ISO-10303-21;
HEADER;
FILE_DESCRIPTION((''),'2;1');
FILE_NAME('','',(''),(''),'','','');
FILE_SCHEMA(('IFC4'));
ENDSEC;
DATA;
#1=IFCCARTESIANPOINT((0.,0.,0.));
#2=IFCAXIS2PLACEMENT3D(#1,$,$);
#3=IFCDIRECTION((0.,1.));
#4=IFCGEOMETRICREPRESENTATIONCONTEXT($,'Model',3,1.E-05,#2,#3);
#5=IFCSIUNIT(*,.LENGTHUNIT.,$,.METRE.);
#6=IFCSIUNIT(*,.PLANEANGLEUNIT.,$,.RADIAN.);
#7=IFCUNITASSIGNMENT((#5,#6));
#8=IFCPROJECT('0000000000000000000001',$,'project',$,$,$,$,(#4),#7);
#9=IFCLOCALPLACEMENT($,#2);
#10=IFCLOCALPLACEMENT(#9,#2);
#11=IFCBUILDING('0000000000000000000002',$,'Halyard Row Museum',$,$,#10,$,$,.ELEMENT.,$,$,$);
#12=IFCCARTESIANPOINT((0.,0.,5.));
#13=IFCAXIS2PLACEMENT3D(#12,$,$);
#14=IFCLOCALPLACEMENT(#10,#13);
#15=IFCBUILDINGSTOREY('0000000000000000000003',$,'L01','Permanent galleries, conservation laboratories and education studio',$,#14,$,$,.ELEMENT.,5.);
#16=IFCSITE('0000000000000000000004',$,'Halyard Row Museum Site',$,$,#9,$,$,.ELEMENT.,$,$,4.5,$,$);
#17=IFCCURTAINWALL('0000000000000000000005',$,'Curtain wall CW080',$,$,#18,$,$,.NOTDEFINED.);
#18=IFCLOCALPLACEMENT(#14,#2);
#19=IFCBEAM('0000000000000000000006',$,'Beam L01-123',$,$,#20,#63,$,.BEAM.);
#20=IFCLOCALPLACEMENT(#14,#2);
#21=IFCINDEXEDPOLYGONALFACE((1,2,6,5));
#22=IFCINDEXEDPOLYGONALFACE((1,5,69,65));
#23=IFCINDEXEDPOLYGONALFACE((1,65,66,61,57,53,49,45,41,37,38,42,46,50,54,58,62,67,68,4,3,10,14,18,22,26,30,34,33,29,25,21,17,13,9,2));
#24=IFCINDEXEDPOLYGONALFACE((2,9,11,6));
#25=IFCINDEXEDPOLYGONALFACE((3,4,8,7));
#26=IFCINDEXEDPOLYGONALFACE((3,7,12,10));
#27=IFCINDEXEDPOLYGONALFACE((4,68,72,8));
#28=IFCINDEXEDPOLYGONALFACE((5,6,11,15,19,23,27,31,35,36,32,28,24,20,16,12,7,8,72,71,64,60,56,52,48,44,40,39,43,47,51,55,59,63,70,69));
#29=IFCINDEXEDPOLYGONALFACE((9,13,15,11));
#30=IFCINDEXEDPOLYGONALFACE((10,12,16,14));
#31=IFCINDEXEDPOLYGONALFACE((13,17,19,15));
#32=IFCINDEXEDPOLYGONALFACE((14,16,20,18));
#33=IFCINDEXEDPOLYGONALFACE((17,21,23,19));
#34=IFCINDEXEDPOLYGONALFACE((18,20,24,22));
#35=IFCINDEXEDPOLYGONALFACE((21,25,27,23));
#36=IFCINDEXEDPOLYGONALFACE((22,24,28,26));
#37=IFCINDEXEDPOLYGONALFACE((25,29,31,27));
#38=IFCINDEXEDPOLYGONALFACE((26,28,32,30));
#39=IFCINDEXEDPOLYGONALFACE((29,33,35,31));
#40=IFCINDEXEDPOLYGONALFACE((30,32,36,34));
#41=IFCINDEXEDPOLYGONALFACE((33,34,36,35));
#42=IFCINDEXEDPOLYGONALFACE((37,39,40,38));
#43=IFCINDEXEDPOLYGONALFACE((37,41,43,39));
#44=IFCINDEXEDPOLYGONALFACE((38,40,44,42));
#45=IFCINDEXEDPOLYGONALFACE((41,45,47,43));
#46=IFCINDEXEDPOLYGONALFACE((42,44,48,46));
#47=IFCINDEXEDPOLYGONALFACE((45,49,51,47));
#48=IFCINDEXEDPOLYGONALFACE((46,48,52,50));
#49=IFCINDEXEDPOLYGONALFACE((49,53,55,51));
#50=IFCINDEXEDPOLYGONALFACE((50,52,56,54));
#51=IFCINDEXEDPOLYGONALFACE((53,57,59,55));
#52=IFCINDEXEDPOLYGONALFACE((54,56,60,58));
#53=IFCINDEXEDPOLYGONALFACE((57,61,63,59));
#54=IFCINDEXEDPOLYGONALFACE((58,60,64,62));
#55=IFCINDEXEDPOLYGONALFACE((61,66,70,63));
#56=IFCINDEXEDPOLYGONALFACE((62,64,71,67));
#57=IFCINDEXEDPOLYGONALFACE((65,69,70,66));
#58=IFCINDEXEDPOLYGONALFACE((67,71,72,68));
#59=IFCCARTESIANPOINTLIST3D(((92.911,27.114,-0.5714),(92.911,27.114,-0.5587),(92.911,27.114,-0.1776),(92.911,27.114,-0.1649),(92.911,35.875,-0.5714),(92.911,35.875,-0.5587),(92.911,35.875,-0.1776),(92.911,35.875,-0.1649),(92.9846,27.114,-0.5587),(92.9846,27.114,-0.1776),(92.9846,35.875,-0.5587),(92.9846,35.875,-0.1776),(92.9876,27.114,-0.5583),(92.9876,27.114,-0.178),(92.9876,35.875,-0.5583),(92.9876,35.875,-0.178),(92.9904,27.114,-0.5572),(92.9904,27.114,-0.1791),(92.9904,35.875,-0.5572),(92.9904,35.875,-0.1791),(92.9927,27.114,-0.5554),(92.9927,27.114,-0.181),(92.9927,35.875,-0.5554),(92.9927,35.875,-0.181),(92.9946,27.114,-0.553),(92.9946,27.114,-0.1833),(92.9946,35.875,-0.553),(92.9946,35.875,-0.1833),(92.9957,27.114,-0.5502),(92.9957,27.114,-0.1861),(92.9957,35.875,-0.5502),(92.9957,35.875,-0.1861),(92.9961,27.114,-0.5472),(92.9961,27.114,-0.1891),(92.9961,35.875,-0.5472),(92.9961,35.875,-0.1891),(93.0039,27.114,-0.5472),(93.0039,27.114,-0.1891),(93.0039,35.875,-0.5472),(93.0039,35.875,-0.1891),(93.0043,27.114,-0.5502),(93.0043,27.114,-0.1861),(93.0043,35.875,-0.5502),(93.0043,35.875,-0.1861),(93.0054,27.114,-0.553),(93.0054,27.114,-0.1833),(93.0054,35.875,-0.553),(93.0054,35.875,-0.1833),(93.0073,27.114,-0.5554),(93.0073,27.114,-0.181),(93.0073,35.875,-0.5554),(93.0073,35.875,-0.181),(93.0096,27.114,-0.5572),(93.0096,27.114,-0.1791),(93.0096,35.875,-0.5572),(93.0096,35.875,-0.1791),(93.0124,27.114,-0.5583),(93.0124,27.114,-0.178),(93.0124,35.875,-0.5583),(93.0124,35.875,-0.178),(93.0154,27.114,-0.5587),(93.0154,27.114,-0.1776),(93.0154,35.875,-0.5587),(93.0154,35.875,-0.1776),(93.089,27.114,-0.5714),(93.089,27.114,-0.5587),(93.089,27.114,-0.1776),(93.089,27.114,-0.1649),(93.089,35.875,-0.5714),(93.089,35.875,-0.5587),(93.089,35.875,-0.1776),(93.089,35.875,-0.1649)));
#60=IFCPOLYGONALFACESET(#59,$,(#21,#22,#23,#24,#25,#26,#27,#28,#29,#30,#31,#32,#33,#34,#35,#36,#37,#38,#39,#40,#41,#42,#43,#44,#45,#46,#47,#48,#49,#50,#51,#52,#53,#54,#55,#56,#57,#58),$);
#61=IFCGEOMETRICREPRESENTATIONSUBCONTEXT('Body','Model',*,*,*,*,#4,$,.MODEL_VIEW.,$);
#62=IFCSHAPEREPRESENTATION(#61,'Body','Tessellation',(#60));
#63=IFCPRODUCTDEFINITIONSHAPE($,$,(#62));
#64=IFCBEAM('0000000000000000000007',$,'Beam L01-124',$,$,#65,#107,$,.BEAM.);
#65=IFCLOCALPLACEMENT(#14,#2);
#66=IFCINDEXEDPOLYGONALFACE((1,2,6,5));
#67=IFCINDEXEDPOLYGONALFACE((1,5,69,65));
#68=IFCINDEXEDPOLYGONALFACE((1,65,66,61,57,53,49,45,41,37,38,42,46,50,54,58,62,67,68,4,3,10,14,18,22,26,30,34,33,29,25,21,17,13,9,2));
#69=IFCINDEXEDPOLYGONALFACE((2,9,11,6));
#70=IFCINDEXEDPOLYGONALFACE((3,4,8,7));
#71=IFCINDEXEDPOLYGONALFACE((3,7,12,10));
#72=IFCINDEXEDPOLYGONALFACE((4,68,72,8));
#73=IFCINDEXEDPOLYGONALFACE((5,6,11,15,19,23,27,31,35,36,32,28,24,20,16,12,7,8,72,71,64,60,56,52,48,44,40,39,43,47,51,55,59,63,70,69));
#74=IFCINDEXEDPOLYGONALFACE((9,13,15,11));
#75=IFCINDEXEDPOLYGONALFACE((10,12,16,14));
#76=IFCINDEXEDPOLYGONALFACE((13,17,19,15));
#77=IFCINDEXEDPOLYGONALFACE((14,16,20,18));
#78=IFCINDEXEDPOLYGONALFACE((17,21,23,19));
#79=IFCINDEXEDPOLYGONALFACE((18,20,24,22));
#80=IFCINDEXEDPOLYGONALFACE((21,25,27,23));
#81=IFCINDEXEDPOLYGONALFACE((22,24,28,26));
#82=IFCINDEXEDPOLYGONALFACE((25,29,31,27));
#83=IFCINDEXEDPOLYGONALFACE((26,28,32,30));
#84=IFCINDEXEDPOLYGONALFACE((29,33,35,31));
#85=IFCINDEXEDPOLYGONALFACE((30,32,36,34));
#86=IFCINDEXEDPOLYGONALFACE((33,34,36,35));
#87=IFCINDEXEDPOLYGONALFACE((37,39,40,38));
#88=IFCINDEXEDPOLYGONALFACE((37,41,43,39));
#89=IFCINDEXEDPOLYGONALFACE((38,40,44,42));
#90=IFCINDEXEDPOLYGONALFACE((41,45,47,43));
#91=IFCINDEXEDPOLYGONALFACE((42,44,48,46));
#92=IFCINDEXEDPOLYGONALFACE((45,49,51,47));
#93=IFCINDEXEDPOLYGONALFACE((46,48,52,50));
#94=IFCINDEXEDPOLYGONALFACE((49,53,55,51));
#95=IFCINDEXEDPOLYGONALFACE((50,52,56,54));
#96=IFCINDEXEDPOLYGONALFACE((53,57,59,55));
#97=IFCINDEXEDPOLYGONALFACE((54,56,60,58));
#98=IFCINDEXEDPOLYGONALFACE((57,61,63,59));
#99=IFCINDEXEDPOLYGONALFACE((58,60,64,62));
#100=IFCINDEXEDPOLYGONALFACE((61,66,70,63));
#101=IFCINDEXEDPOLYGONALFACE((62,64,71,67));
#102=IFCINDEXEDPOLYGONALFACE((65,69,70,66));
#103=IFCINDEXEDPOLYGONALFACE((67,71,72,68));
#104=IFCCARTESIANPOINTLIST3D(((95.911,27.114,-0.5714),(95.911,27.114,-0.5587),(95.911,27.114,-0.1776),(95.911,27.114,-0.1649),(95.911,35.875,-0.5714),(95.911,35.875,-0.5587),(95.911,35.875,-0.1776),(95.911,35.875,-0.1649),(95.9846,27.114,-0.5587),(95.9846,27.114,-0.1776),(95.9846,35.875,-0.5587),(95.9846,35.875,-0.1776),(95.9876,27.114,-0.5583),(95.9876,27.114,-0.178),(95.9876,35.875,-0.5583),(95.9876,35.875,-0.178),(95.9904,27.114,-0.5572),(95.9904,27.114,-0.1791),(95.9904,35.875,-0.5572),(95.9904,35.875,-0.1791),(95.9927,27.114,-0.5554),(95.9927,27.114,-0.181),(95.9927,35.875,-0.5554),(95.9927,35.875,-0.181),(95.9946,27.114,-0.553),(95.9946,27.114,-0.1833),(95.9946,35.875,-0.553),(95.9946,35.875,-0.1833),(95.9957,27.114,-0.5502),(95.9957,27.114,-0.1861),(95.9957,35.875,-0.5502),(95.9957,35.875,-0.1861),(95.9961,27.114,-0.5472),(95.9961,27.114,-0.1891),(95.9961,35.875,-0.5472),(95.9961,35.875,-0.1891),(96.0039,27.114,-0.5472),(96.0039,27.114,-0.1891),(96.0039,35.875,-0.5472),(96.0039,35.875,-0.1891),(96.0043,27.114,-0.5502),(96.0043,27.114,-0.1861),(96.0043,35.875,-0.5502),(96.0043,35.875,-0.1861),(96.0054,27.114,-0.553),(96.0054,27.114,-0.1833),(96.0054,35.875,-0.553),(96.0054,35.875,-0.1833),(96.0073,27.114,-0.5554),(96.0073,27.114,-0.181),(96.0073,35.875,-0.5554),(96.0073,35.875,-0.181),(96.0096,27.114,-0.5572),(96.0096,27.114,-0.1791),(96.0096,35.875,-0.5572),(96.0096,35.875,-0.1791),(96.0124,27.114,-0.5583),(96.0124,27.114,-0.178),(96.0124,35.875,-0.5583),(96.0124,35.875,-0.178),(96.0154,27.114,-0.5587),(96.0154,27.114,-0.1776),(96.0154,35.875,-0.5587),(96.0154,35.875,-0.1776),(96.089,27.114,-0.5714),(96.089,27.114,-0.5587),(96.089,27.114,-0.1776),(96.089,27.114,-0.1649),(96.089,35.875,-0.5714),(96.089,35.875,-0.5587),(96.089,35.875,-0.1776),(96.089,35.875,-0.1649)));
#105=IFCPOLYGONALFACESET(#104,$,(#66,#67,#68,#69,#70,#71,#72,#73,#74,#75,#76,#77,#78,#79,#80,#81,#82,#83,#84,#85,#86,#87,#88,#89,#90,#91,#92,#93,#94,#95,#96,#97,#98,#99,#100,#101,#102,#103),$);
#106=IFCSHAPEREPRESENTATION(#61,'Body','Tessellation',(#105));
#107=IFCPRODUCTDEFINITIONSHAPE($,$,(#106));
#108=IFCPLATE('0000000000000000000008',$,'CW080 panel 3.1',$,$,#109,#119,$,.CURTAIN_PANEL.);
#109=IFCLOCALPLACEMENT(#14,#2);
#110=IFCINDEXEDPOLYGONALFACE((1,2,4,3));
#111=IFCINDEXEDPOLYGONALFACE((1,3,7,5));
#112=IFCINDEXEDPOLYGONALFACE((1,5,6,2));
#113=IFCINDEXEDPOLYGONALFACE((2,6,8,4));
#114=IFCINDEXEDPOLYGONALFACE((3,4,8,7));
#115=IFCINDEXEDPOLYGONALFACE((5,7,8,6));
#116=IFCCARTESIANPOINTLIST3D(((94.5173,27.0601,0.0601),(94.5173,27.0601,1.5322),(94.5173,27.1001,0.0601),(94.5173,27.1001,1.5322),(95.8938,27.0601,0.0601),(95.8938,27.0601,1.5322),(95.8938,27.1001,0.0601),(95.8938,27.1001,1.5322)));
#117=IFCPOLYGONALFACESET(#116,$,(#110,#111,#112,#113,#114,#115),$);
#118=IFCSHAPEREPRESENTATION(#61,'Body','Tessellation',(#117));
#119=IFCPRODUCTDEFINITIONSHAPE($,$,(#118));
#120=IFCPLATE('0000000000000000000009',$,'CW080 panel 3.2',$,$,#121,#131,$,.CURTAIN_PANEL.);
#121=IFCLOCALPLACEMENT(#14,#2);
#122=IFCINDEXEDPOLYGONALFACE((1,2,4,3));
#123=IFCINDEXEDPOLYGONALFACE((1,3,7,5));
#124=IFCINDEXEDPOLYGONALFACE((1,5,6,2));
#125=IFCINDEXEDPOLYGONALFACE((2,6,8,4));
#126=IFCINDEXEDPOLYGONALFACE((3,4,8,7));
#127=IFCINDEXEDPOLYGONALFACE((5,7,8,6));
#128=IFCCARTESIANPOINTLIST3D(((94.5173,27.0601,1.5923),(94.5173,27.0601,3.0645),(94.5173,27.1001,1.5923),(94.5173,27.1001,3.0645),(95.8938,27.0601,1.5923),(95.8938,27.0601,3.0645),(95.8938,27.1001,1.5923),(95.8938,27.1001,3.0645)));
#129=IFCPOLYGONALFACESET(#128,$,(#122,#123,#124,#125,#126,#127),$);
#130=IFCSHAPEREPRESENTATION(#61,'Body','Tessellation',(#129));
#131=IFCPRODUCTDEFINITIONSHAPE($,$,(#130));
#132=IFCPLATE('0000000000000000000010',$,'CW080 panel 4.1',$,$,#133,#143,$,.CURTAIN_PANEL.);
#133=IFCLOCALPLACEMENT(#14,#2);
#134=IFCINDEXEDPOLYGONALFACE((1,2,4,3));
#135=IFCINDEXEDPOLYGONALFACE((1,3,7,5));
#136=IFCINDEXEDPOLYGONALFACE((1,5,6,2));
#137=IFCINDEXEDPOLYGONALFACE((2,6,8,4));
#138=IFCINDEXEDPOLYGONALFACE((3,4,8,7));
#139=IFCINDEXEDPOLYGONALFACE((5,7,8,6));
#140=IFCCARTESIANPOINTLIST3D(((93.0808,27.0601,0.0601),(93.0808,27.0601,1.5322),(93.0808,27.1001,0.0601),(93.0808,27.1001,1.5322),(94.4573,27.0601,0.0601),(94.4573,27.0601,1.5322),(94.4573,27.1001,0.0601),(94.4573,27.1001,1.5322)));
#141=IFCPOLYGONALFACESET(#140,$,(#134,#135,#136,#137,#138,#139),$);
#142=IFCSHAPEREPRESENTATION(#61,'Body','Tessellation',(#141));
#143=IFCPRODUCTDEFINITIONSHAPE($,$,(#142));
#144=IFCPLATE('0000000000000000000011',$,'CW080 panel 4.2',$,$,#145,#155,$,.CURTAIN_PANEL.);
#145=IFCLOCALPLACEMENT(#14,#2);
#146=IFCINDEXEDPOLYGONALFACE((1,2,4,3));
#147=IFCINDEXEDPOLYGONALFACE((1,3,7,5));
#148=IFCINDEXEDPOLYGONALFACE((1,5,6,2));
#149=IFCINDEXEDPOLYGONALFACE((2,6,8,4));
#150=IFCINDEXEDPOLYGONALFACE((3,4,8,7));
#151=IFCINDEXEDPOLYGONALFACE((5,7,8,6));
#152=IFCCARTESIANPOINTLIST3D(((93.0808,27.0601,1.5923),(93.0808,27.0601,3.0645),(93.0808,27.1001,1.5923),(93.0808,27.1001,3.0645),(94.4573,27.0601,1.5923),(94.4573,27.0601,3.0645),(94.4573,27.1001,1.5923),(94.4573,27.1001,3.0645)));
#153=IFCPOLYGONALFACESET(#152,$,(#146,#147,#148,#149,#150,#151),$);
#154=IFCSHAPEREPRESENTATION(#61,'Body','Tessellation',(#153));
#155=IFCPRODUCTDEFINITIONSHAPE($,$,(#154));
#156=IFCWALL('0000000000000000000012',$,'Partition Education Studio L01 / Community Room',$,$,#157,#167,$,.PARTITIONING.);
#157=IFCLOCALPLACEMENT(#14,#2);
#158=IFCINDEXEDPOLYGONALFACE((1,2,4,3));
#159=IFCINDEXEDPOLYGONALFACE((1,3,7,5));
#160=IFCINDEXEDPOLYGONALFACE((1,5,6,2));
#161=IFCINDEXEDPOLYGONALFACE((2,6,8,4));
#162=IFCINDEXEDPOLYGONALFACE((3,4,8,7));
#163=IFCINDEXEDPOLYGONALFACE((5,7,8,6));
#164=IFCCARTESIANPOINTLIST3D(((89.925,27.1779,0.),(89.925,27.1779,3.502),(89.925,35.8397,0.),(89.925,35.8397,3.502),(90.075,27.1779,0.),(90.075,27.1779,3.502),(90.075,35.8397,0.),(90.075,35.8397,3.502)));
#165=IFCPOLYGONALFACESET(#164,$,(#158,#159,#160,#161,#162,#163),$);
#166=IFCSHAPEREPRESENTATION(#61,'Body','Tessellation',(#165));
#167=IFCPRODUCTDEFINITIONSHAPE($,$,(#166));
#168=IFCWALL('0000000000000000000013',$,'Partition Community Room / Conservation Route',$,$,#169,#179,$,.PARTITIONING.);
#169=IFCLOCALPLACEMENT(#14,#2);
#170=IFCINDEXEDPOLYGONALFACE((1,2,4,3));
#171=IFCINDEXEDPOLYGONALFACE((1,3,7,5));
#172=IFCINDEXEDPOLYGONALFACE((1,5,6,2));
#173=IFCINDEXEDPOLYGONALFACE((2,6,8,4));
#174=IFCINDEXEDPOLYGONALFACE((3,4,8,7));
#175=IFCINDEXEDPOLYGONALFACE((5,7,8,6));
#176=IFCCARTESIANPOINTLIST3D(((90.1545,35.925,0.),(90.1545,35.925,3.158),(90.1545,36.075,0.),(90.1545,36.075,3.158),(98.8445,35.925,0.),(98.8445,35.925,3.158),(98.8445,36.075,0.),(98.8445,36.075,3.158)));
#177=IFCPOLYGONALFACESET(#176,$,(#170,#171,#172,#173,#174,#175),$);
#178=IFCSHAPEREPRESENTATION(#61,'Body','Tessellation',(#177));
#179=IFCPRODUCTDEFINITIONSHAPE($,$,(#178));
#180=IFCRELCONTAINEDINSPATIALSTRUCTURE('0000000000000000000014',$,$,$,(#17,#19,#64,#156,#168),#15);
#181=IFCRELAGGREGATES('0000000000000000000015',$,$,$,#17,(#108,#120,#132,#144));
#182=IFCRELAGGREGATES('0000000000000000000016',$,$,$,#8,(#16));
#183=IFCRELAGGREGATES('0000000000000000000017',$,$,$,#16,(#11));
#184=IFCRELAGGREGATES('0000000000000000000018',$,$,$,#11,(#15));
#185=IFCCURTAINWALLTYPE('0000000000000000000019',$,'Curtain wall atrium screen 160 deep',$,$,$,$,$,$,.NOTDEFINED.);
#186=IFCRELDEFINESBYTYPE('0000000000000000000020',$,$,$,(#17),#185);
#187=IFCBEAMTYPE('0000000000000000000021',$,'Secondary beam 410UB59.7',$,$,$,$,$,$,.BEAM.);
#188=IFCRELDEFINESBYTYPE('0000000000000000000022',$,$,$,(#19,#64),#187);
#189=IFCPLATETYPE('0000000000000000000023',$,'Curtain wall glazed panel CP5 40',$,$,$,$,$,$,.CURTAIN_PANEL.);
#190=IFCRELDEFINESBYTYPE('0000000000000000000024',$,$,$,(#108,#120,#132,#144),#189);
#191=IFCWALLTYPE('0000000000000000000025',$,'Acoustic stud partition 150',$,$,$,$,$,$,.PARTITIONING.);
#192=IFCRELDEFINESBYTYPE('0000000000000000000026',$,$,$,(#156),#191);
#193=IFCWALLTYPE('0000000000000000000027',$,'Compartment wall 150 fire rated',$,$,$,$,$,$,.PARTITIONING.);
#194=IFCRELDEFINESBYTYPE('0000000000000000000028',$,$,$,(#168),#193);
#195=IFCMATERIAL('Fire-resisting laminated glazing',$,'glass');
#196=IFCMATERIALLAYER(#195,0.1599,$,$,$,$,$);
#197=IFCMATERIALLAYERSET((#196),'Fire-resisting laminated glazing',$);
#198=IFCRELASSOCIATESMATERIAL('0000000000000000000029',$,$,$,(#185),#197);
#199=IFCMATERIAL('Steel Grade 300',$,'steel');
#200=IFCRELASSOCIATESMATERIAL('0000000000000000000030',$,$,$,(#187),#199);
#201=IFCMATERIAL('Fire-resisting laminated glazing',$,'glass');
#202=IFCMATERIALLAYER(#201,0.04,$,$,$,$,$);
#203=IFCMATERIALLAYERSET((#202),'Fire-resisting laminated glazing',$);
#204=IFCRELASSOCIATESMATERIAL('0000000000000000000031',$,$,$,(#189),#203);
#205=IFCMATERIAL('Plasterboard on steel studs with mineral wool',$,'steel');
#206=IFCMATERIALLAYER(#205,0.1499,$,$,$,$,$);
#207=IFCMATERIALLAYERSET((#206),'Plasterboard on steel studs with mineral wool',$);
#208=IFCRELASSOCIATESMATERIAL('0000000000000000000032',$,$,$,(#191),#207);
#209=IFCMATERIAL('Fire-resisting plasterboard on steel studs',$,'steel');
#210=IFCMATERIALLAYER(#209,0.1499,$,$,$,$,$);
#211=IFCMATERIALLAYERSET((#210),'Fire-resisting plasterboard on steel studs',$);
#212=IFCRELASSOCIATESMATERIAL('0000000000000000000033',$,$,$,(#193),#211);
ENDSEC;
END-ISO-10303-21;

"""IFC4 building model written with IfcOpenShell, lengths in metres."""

from ifc_helpers import new_model, si_unit, direction, frame, frame_2d, origin, origin_2d, place, context, subcontext, project, spatial, rectangle, i_section, extrude, material, layer, layer_set, material_profile, profile_set, type_object, element, aggregate, save


model = new_model("IFC4")

# Units and contexts
model_context = context("Model", 3, precision=1e-05, world=origin(), true_north=direction((0.0, 1.0)))
body_context = subcontext(model_context, "Body", "Model", "MODEL_VIEW")
ifc_project = project(units=[si_unit("LENGTHUNIT", "METRE"), si_unit("PLANEANGLEUNIT", "RADIAN")], contexts=[model_context])

# Site, building, storey
site_placement = place(None, origin())
site = spatial("IfcSite", under=ifc_project, at=site_placement, Name="Halyard Row Museum Site", CompositionType="ELEMENT", RefElevation=4.5)
building_placement = place(site_placement, origin())
building = spatial("IfcBuilding", under=site, at=building_placement, Name="Halyard Row Museum", CompositionType="ELEMENT")
storey_placement = place(building_placement, frame((0.0, 0.0, 5.0)))
storey = spatial("IfcBuildingStorey", under=building, at=storey_placement, Name="L01", Description="Permanent galleries, conservation laboratories and education studio", CompositionType="ELEMENT", Elevation=5.0)

# Curtain wall
ifc_material_1 = material(Name="Fire-resisting laminated glazing", Category="glass")
ifc_layer_1 = layer(ifc_material_1, 0.1599)
ifc_layer_set_1 = layer_set([ifc_layer_1], Name="Fire-resisting laminated glazing")
curtain_wall_type = type_object("IfcCurtainWallType", Name="Curtain wall atrium screen 160 deep", PredefinedType="NOTDEFINED", material=ifc_layer_set_1)
curtain_wall_placement = place(storey_placement, origin())
curtain_wall = element("IfcCurtainWall", 1, at=curtain_wall_placement, inside=storey, type_object=curtain_wall_type, Name="Curtain wall CW080", PredefinedType="NOTDEFINED")

# Beams
ifc_material_2 = material(Name="Steel Grade 300", Category="steel")
ifc_material_profile_1 = material_profile(ifc_material_2, i_section(OverallWidth=0.178, OverallDepth=0.4065, WebThickness=0.0078, FlangeThickness=0.0127, FilletRadius=0.0115, at=origin_2d()), Name="410UB59.7")
ifc_profile_set_1 = profile_set([ifc_material_profile_1], Name="Steel Grade 300")
beam_type_1 = type_object("IfcBeamType", Name="Secondary beam 410UB59.7", PredefinedType="BEAM", material=ifc_profile_set_1)
for number, where, z_axis, x_axis, name in (
    (2, (93.0, 27.114, -0.3682), (0.0, 1.0, 0.0), (-1.0, 0.0, 0.0), "Beam L01-123"),
    (3, (96.0, 27.114, -0.3682), (0.0, 1.0, 0.0), (-1.0, 0.0, 0.0), "Beam L01-124"),
):
    element("IfcBeam", number, at=place(storey_placement, frame(where, z_axis=z_axis, x_axis=x_axis)), inside=storey, type_object=beam_type_1, Name=name, PredefinedType="BEAM", context=body_context, shape_type="SweptSolid", body=[
        extrude(i_section(OverallWidth=0.178, OverallDepth=0.4065, WebThickness=0.0078, FlangeThickness=0.0127, FilletRadius=0.0115, at=origin_2d()), origin(), (0.0, 0.0, 1.0), 8.761),
    ])

# Plates
ifc_material_3 = material(Name="Fire-resisting laminated glazing", Category="glass")
ifc_layer_2 = layer(ifc_material_3, 0.04)
ifc_layer_set_2 = layer_set([ifc_layer_2], Name="Fire-resisting laminated glazing")
plate_type = type_object("IfcPlateType", Name="Curtain wall glazed panel CP5 40", PredefinedType="CURTAIN_PANEL", material=ifc_layer_set_2)
plate_1_placement = place(storey_placement, frame((95.2056, 27.0801, 0.0601), z_axis=(0.0, 0.0, 1.0), x_axis=(-1.0, 0.0, 0.0)))
plate_1 = element("IfcPlate", 4, at=plate_1_placement, type_object=plate_type, Name="CW080 panel 3.1", PredefinedType="CURTAIN_PANEL", context=body_context, shape_type="SweptSolid", body=[
    extrude(rectangle(XDim=1.3765, YDim=0.04, at=origin_2d()), origin(), (0.0, 0.0, 1.0), 1.4722),
])
plate_2_placement = place(storey_placement, frame((95.2056, 27.0801, 1.5923), z_axis=(0.0, 0.0, 1.0), x_axis=(-1.0, 0.0, 0.0)))
plate_2 = element("IfcPlate", 5, at=plate_2_placement, type_object=plate_type, Name="CW080 panel 3.2", PredefinedType="CURTAIN_PANEL", context=body_context, shape_type="SweptSolid", body=[
    extrude(rectangle(XDim=1.3765, YDim=0.04, at=origin_2d()), origin(), (0.0, 0.0, 1.0), 1.4722),
])
plate_3_placement = place(storey_placement, frame((93.769, 27.0801, 0.0601), z_axis=(0.0, 0.0, 1.0), x_axis=(-1.0, 0.0, 0.0)))
plate_3 = element("IfcPlate", 6, at=plate_3_placement, type_object=plate_type, Name="CW080 panel 4.1", PredefinedType="CURTAIN_PANEL", context=body_context, shape_type="SweptSolid", body=[
    extrude(rectangle(XDim=1.3765, YDim=0.04, at=origin_2d()), origin(), (0.0, 0.0, 1.0), 1.4722),
])
plate_4_placement = place(storey_placement, frame((93.769, 27.0801, 1.5923), z_axis=(0.0, 0.0, 1.0), x_axis=(-1.0, 0.0, 0.0)))
plate_4 = element("IfcPlate", 7, at=plate_4_placement, type_object=plate_type, Name="CW080 panel 4.2", PredefinedType="CURTAIN_PANEL", context=body_context, shape_type="SweptSolid", body=[
    extrude(rectangle(XDim=1.3765, YDim=0.04, at=origin_2d()), origin(), (0.0, 0.0, 1.0), 1.4722),
])
aggregate(curtain_wall, [plate_1, plate_2, plate_3, plate_4])

# Walls
ifc_material_4 = material(Name="Plasterboard on steel studs with mineral wool", Category="steel")
ifc_layer_3 = layer(ifc_material_4, 0.1499)
ifc_layer_set_3 = layer_set([ifc_layer_3], Name="Plasterboard on steel studs with mineral wool")
wall_type_1 = type_object("IfcWallType", Name="Acoustic stud partition 150", PredefinedType="PARTITIONING", material=ifc_layer_set_3)
wall_1_placement = place(storey_placement, frame((90.0, 27.1777, 0.0), z_axis=(0.0, 0.0, 1.0), x_axis=(0.0, 1.0, 0.0)))
element("IfcWall", 8, at=wall_1_placement, inside=storey, type_object=wall_type_1, Name="Partition Education Studio L01 / Community Room", PredefinedType="PARTITIONING", context=body_context, shape_type="SweptSolid", body=[
    extrude(rectangle(XDim=8.6619, YDim=0.1499, at=frame_2d((4.3311, 0.0))), origin(), (0.0, 0.0, 1.0), 3.502),
])
ifc_material_5 = material(Name="Fire-resisting plasterboard on steel studs", Category="steel")
ifc_layer_4 = layer(ifc_material_5, 0.1499)
ifc_layer_set_4 = layer_set([ifc_layer_4], Name="Fire-resisting plasterboard on steel studs")
wall_type_2 = type_object("IfcWallType", Name="Compartment wall 150 fire rated", PredefinedType="PARTITIONING", material=ifc_layer_set_4)
wall_2_placement = place(storey_placement, frame((90.1545, 36.0, 0.0), z_axis=(0.0, 0.0, 1.0), x_axis=(1.0, 0.0, 0.0)))
element("IfcWall", 9, at=wall_2_placement, inside=storey, type_object=wall_type_2, Name="Partition Community Room / Conservation Route", PredefinedType="PARTITIONING", context=body_context, shape_type="SweptSolid", body=[
    extrude(rectangle(XDim=8.6899, YDim=0.1499, at=frame_2d((4.345, 0.0))), origin(), (0.0, 0.0, 1.0), 3.158),
])

save(model, "model.ifc")
